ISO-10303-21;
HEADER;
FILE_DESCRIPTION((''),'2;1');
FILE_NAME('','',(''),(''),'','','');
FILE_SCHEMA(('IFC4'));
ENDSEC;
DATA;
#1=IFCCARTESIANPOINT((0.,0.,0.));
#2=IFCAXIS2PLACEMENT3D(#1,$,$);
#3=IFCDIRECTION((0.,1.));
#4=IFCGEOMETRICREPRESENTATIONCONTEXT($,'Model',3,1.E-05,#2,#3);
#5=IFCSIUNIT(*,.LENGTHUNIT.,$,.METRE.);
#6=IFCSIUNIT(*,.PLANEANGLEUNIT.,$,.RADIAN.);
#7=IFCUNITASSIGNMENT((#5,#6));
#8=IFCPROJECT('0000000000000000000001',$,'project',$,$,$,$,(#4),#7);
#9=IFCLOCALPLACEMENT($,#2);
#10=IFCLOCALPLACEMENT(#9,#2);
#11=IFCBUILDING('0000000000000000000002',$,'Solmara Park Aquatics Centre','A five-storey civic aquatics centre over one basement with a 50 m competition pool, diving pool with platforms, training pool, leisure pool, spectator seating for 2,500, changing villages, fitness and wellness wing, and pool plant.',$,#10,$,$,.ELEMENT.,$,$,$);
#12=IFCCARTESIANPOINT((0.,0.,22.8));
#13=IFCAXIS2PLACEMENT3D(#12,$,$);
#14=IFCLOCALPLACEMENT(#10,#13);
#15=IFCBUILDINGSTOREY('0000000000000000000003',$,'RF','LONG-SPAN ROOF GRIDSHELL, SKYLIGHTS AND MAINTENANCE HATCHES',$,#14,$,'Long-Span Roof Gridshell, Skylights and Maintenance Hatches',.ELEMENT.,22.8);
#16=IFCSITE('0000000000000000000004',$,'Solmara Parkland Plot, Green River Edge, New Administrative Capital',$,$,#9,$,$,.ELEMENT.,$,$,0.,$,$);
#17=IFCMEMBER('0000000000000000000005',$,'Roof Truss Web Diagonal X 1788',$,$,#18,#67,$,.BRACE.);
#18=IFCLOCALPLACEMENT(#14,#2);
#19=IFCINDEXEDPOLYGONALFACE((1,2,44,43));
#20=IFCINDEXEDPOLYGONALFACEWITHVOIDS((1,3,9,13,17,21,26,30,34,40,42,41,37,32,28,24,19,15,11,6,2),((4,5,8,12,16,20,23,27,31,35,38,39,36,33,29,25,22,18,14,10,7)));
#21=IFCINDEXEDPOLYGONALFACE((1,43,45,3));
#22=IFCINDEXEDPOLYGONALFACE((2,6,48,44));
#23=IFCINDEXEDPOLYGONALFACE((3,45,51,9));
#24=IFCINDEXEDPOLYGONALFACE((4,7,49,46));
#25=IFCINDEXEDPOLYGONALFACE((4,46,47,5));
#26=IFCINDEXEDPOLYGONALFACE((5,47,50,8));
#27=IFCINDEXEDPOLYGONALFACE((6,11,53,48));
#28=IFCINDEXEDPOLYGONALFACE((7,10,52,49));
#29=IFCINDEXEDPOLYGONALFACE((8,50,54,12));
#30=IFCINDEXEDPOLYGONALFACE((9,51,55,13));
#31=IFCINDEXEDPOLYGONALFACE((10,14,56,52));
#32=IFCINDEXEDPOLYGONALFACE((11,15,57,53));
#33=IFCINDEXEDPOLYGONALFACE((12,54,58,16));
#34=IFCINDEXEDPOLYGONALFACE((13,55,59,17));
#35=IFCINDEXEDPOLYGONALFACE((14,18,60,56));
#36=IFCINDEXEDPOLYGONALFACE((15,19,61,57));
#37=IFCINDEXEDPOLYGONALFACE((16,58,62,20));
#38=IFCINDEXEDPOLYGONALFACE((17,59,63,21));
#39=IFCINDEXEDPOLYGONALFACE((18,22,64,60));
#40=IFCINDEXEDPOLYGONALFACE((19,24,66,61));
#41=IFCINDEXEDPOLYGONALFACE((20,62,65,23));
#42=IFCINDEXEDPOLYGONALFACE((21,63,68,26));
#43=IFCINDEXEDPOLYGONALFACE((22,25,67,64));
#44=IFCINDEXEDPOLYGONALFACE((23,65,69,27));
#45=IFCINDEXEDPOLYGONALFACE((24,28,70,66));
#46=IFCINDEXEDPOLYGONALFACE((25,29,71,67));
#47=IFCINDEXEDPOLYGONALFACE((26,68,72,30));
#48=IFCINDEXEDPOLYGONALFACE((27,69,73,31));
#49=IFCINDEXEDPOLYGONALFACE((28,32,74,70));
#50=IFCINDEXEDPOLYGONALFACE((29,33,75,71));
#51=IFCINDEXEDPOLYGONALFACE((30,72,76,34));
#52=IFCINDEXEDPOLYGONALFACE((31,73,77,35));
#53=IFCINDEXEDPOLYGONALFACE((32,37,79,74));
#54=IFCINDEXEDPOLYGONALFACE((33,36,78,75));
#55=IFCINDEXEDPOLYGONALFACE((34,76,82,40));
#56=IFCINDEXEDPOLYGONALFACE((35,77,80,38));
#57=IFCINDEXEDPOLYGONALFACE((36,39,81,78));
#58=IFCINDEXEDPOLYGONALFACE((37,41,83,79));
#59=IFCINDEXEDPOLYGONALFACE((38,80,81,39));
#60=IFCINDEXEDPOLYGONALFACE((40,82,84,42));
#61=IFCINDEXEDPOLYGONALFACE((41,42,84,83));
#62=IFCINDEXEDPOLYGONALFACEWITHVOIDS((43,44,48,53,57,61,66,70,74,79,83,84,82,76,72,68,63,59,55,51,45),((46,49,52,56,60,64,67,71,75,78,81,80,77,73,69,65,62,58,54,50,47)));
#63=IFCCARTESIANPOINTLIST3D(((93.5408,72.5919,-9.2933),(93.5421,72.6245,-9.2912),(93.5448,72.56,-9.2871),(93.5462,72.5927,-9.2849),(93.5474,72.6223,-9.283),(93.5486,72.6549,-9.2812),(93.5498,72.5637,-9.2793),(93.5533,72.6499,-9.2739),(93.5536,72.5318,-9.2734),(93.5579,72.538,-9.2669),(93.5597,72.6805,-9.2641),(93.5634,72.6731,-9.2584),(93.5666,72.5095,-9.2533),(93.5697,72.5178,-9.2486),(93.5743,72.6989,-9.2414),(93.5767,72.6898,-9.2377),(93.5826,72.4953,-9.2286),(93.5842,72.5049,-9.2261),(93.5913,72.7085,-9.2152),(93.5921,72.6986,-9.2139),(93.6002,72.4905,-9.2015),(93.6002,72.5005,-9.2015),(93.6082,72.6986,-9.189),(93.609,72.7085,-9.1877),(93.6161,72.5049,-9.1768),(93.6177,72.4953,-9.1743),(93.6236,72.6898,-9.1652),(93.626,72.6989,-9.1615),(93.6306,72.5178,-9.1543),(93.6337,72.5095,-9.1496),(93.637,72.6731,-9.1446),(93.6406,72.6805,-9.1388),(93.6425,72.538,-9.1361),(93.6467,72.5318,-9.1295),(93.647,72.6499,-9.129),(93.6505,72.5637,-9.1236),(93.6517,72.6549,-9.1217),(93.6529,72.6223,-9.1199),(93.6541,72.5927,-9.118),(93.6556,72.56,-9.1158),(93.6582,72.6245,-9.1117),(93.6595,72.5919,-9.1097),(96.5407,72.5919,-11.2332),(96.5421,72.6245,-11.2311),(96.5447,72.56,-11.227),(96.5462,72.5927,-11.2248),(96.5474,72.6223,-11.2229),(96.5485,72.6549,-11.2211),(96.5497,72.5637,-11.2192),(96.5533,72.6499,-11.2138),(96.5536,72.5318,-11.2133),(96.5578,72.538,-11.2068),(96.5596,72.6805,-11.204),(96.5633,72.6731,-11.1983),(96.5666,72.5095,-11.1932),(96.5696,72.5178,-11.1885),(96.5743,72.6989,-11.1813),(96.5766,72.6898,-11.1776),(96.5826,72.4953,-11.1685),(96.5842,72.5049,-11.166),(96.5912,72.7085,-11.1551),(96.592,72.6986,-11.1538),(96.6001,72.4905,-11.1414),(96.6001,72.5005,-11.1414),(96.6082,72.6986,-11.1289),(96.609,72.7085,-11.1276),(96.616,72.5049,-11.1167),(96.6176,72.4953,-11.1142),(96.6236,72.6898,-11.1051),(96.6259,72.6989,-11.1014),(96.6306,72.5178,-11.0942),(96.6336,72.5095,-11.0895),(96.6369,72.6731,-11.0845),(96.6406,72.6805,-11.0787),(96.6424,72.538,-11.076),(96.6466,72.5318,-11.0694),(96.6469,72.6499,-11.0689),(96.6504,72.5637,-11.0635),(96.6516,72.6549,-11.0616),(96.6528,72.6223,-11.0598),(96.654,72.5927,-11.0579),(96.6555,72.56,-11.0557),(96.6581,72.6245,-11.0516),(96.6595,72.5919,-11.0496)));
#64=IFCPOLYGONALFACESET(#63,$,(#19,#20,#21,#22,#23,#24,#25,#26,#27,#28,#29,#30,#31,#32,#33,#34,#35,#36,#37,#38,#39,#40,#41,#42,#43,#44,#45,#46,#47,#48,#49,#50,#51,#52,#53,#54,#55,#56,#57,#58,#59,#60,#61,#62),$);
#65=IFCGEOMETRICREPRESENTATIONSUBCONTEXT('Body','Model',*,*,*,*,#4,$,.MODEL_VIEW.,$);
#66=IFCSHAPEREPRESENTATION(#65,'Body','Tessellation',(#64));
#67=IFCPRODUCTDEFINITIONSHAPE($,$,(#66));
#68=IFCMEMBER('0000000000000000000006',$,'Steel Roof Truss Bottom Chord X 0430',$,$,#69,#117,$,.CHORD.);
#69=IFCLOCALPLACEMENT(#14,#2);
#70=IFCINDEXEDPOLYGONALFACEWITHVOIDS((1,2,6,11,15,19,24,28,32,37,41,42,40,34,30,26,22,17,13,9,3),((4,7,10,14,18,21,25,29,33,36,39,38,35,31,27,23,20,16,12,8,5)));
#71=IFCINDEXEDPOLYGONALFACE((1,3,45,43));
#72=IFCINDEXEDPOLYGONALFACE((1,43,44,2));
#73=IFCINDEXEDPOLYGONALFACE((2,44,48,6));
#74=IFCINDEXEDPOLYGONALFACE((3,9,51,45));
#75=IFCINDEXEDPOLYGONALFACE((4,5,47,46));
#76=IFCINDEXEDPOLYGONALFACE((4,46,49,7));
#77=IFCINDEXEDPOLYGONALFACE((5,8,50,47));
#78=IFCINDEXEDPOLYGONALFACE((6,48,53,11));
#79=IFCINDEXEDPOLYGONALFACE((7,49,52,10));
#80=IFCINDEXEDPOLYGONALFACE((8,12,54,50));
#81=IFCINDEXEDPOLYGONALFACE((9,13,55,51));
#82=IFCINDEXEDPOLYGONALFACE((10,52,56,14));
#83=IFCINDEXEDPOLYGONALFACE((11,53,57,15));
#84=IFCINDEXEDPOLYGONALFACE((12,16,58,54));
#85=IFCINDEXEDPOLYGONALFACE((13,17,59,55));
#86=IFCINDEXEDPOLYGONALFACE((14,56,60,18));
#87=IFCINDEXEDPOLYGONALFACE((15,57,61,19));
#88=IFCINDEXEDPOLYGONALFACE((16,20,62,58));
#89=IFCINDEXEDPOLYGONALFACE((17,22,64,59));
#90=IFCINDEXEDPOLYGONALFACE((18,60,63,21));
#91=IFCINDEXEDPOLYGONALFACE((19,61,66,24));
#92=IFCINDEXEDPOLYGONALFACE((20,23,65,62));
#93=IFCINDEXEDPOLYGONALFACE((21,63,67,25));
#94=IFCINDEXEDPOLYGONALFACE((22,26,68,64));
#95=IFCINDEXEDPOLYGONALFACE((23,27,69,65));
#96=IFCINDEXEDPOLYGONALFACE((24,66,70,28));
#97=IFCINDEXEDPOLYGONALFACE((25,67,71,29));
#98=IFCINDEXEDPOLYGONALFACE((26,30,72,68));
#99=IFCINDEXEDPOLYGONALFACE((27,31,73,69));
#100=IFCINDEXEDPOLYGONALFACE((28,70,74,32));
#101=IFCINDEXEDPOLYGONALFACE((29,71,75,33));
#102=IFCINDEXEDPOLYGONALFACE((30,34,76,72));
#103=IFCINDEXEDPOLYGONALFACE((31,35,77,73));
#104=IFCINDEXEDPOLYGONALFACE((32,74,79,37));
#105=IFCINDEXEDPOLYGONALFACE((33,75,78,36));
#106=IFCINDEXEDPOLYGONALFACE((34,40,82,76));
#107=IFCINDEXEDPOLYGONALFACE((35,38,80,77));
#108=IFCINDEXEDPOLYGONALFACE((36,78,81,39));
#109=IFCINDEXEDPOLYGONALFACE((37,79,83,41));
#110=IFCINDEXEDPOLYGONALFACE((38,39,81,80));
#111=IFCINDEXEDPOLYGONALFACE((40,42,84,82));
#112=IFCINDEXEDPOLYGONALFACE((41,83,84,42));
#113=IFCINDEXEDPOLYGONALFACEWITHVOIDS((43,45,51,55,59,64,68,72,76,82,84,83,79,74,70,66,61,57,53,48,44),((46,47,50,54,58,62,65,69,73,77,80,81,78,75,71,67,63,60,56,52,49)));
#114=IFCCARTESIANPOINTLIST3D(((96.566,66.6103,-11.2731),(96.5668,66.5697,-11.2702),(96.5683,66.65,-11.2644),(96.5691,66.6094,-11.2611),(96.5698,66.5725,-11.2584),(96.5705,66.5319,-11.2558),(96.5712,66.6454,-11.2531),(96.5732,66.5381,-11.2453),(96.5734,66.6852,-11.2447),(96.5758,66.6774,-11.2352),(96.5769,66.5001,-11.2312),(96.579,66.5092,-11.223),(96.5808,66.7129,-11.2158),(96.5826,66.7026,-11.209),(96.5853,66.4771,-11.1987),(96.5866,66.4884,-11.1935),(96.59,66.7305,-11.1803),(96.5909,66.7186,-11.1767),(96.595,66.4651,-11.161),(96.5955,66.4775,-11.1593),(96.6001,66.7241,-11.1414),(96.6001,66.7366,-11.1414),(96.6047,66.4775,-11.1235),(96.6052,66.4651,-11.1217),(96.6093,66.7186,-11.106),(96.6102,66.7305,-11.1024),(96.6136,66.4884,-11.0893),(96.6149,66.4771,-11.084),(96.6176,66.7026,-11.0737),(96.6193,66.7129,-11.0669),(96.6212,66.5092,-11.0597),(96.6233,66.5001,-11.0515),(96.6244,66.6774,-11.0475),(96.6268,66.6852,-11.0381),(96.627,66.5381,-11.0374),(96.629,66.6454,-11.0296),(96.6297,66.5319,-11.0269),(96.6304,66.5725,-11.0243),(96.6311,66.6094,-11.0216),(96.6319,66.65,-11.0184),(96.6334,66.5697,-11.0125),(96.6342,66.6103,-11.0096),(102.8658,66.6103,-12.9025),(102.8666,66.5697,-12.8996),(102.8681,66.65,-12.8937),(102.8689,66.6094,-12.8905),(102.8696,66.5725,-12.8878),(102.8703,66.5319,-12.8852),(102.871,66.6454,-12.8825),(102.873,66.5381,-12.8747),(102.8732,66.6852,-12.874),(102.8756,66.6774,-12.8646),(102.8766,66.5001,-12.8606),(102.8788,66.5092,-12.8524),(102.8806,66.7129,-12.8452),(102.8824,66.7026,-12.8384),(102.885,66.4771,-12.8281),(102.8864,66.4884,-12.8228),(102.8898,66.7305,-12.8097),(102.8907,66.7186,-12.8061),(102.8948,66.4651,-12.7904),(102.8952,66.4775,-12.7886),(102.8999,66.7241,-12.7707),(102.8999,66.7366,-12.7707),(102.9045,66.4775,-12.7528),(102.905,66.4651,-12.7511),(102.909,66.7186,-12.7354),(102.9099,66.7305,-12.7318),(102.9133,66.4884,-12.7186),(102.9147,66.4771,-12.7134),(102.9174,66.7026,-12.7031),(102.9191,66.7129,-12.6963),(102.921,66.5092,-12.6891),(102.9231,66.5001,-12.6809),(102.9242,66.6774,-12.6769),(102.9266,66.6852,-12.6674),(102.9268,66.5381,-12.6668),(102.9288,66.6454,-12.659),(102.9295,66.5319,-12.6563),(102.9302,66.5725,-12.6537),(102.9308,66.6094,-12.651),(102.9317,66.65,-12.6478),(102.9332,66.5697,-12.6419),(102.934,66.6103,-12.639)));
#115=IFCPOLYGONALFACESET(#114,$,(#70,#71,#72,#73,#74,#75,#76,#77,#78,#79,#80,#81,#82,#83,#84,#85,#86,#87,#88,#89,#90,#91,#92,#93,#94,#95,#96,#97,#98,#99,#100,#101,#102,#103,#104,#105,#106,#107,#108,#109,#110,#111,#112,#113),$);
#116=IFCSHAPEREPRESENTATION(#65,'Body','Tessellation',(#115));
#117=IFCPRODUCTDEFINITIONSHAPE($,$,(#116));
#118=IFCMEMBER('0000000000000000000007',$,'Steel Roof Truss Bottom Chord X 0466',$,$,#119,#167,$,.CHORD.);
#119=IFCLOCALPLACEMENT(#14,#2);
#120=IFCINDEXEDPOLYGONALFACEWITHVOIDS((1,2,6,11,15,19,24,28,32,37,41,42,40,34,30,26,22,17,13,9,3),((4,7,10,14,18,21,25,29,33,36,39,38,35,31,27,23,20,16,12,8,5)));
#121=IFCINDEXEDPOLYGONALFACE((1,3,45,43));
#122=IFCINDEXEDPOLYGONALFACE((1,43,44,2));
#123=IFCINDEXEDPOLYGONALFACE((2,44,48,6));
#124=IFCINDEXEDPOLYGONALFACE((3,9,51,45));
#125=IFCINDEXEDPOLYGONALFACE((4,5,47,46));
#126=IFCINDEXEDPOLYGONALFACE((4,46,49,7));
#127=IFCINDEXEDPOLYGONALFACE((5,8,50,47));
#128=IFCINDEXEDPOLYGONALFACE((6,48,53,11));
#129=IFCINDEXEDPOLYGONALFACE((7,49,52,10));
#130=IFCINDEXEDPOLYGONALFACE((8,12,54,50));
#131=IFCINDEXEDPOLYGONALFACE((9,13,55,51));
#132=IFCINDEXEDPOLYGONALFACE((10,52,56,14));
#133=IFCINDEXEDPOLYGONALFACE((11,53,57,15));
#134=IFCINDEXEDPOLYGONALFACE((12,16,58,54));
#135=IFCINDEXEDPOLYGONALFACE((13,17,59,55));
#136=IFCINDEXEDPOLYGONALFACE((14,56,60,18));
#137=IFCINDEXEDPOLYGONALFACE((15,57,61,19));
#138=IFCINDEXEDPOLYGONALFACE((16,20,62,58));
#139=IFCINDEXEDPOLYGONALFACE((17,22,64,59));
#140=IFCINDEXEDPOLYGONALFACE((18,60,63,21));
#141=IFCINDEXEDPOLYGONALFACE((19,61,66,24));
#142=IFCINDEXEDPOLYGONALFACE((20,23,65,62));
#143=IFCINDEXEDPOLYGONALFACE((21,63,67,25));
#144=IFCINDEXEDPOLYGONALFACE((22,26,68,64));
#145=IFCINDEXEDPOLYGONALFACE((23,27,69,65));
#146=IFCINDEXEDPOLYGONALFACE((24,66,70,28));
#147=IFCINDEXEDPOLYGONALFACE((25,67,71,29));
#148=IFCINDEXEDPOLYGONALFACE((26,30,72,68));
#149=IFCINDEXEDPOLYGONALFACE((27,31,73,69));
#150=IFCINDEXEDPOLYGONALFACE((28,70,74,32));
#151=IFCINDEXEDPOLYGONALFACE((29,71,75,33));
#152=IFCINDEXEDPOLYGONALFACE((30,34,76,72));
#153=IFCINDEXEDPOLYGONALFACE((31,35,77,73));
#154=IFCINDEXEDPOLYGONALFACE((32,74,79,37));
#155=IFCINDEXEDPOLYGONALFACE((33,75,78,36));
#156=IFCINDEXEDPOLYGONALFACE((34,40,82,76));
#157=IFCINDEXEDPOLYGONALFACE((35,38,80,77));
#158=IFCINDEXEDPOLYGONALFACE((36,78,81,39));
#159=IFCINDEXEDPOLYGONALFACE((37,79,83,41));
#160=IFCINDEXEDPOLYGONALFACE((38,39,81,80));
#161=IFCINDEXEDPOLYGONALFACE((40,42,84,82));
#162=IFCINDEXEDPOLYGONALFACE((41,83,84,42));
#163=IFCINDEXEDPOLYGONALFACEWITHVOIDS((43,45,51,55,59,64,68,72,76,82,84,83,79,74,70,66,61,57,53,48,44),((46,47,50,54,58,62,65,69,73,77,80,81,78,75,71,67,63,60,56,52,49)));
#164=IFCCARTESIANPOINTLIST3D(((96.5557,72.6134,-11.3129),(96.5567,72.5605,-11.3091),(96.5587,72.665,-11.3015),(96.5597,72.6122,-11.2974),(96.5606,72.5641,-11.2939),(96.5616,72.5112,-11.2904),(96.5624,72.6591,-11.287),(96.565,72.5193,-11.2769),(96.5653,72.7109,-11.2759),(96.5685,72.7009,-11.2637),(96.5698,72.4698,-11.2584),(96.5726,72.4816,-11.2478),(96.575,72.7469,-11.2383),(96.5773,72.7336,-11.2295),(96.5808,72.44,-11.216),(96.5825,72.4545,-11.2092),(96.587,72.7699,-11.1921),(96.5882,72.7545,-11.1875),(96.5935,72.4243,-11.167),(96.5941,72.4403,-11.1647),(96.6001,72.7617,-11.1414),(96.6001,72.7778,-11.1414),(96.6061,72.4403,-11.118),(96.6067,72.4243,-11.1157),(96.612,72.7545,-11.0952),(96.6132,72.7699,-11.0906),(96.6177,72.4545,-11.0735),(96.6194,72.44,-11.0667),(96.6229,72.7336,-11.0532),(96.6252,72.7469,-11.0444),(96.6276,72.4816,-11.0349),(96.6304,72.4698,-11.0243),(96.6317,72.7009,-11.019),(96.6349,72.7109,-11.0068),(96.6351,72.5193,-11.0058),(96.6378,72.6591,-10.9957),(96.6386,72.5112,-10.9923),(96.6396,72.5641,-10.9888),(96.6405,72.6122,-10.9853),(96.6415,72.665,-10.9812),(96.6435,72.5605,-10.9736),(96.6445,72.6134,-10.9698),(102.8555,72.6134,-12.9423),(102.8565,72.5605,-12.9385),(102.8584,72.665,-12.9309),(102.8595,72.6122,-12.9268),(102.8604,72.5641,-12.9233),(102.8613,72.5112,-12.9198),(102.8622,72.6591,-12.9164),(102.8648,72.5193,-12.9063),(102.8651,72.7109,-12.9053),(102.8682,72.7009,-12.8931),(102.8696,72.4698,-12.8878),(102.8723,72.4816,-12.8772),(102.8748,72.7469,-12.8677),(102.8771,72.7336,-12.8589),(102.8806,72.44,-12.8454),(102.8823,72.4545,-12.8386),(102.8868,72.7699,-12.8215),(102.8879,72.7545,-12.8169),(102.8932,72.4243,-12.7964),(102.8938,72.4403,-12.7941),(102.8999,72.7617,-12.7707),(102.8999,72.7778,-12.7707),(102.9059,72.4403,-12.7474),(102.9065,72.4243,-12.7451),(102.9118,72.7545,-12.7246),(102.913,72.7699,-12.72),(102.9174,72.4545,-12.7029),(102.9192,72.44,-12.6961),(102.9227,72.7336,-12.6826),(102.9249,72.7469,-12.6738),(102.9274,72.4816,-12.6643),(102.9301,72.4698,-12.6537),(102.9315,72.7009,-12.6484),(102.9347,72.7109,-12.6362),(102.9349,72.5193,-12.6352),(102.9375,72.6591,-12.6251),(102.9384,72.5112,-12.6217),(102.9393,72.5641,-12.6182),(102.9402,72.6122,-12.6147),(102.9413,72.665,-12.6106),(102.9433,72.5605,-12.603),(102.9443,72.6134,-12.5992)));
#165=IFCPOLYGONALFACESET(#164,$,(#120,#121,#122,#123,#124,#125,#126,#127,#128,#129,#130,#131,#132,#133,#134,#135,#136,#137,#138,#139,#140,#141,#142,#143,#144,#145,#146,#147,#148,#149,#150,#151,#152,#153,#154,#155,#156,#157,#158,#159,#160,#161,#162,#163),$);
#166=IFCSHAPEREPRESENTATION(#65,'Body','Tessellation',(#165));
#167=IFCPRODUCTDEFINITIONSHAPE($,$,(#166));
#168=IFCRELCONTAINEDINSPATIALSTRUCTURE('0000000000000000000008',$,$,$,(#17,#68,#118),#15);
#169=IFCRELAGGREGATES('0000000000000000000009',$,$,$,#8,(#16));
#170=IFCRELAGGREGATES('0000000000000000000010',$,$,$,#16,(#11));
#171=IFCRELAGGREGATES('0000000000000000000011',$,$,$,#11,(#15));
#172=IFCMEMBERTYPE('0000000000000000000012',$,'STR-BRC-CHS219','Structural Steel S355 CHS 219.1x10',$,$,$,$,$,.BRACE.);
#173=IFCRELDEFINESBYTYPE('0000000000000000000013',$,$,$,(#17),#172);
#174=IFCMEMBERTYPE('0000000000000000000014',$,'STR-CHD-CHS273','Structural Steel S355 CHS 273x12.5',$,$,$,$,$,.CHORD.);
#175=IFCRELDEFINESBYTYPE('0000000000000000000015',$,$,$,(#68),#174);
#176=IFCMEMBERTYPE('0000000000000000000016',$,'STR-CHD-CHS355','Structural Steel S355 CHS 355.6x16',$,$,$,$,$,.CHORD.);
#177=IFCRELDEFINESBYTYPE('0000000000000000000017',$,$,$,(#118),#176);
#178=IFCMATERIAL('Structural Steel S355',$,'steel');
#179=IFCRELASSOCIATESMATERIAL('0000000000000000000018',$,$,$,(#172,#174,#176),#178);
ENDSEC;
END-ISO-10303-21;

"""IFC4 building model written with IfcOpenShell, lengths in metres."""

from ifc_helpers import new_model, si_unit, direction, frame, origin, origin_2d, place, context, subcontext, project, spatial, hollow_circle, extrude, material, material_profile, profile_set, type_object, element, save


model = new_model("IFC4")

# Units and contexts
model_context = context("Model", 3, precision=1e-05, world=origin(), true_north=direction((0.0, 1.0)))
body_context = subcontext(model_context, "Body", "Model", "MODEL_VIEW")
ifc_project = project(units=[si_unit("LENGTHUNIT", "METRE"), si_unit("PLANEANGLEUNIT", "RADIAN")], contexts=[model_context])

# Site, building, storey
site_placement = place(None, origin())
site = spatial("IfcSite", under=ifc_project, at=site_placement, Name="Solmara Parkland Plot, Green River Edge, New Administrative Capital", CompositionType="ELEMENT", RefElevation=0.0)
building_placement = place(site_placement, origin())
building = spatial("IfcBuilding", under=site, at=building_placement, Name="Solmara Park Aquatics Centre", Description="A five-storey civic aquatics centre over one basement with a 50 m competition pool, diving pool with platforms, training pool, leisure pool, spectator seating for 2,500, changing villages, fitness and wellness wing, and pool plant.", CompositionType="ELEMENT")
storey_placement = place(building_placement, frame((0.0, 0.0, 22.8)))
storey = spatial("IfcBuildingStorey", under=building, at=storey_placement, Name="RF", Description="LONG-SPAN ROOF GRIDSHELL, SKYLIGHTS AND MAINTENANCE HATCHES", LongName="Long-Span Roof Gridshell, Skylights and Maintenance Hatches", CompositionType="ELEMENT", Elevation=22.8)

# Members
ifc_material_1 = material(Name="Structural Steel S355", Category="steel")
ifc_material_profile_1 = material_profile(ifc_material_1, hollow_circle(Radius=0.1096, WallThickness=0.01, at=origin_2d()), Name="CHS 219.1x10")
ifc_profile_set_1 = profile_set([ifc_material_profile_1], Name="Structural Steel S355")
member_type_1 = type_object("IfcMemberType", Name="STR-BRC-CHS219", Description="Structural Steel S355 CHS 219.1x10", PredefinedType="BRACE", material=ifc_profile_set_1)
member_1_placement = place(storey_placement, frame((96.6001, 72.6001, -11.1414), z_axis=(-0.839728, 0.0, 0.543008), x_axis=(0.0, -1.0, 0.0)))
element("IfcMember", 1, at=member_1_placement, inside=storey, type_object=member_type_1, Name="Roof Truss Web Diagonal X 1788", PredefinedType="BRACE", context=body_context, shape_type="SweptSolid", body=[
    extrude(hollow_circle(Radius=0.1096, WallThickness=0.01, at=origin_2d()), origin(), (0.0, 0.0, 1.0), 3.5725),
])
ifc_material_profile_2 = material_profile(ifc_material_1, hollow_circle(Radius=0.1365, WallThickness=0.0125, at=origin_2d()), Name="CHS 273x12.5")
ifc_profile_set_2 = profile_set([ifc_material_profile_2], Name="Structural Steel S355")
member_type_2 = type_object("IfcMemberType", Name="STR-CHD-CHS273", Description="Structural Steel S355 CHS 273x12.5", PredefinedType="CHORD", material=ifc_profile_set_2)
member_2_placement = place(storey_placement, frame((96.6001, 66.6001, -11.1414), z_axis=(0.968142, 0.0, -0.250402), x_axis=(0.0, 1.0, 0.0)))
element("IfcMember", 2, at=member_2_placement, inside=storey, type_object=member_type_2, Name="Steel Roof Truss Bottom Chord X 0430", PredefinedType="CHORD", context=body_context, shape_type="SweptSolid", body=[
    extrude(hollow_circle(Radius=0.1365, WallThickness=0.0125, at=origin_2d()), origin(), (0.0, 0.0, 1.0), 6.5071),
])
ifc_material_profile_3 = material_profile(ifc_material_1, hollow_circle(Radius=0.1777, WallThickness=0.0161, at=origin_2d()), Name="CHS 355.6x16")
ifc_profile_set_3 = profile_set([ifc_material_profile_3], Name="Structural Steel S355")
member_type_3 = type_object("IfcMemberType", Name="STR-CHD-CHS355", Description="Structural Steel S355 CHS 355.6x16", PredefinedType="CHORD", material=ifc_profile_set_3)
member_3_placement = place(storey_placement, frame((96.6001, 72.6001, -11.1414), z_axis=(0.968142, 0.0, -0.250402), x_axis=(0.0, 1.0, 0.0)))
element("IfcMember", 3, at=member_3_placement, inside=storey, type_object=member_type_3, Name="Steel Roof Truss Bottom Chord X 0466", PredefinedType="CHORD", context=body_context, shape_type="SweptSolid", body=[
    extrude(hollow_circle(Radius=0.1777, WallThickness=0.0161, at=origin_2d()), origin(), (0.0, 0.0, 1.0), 6.5071),
])

save(model, "model.ifc")
